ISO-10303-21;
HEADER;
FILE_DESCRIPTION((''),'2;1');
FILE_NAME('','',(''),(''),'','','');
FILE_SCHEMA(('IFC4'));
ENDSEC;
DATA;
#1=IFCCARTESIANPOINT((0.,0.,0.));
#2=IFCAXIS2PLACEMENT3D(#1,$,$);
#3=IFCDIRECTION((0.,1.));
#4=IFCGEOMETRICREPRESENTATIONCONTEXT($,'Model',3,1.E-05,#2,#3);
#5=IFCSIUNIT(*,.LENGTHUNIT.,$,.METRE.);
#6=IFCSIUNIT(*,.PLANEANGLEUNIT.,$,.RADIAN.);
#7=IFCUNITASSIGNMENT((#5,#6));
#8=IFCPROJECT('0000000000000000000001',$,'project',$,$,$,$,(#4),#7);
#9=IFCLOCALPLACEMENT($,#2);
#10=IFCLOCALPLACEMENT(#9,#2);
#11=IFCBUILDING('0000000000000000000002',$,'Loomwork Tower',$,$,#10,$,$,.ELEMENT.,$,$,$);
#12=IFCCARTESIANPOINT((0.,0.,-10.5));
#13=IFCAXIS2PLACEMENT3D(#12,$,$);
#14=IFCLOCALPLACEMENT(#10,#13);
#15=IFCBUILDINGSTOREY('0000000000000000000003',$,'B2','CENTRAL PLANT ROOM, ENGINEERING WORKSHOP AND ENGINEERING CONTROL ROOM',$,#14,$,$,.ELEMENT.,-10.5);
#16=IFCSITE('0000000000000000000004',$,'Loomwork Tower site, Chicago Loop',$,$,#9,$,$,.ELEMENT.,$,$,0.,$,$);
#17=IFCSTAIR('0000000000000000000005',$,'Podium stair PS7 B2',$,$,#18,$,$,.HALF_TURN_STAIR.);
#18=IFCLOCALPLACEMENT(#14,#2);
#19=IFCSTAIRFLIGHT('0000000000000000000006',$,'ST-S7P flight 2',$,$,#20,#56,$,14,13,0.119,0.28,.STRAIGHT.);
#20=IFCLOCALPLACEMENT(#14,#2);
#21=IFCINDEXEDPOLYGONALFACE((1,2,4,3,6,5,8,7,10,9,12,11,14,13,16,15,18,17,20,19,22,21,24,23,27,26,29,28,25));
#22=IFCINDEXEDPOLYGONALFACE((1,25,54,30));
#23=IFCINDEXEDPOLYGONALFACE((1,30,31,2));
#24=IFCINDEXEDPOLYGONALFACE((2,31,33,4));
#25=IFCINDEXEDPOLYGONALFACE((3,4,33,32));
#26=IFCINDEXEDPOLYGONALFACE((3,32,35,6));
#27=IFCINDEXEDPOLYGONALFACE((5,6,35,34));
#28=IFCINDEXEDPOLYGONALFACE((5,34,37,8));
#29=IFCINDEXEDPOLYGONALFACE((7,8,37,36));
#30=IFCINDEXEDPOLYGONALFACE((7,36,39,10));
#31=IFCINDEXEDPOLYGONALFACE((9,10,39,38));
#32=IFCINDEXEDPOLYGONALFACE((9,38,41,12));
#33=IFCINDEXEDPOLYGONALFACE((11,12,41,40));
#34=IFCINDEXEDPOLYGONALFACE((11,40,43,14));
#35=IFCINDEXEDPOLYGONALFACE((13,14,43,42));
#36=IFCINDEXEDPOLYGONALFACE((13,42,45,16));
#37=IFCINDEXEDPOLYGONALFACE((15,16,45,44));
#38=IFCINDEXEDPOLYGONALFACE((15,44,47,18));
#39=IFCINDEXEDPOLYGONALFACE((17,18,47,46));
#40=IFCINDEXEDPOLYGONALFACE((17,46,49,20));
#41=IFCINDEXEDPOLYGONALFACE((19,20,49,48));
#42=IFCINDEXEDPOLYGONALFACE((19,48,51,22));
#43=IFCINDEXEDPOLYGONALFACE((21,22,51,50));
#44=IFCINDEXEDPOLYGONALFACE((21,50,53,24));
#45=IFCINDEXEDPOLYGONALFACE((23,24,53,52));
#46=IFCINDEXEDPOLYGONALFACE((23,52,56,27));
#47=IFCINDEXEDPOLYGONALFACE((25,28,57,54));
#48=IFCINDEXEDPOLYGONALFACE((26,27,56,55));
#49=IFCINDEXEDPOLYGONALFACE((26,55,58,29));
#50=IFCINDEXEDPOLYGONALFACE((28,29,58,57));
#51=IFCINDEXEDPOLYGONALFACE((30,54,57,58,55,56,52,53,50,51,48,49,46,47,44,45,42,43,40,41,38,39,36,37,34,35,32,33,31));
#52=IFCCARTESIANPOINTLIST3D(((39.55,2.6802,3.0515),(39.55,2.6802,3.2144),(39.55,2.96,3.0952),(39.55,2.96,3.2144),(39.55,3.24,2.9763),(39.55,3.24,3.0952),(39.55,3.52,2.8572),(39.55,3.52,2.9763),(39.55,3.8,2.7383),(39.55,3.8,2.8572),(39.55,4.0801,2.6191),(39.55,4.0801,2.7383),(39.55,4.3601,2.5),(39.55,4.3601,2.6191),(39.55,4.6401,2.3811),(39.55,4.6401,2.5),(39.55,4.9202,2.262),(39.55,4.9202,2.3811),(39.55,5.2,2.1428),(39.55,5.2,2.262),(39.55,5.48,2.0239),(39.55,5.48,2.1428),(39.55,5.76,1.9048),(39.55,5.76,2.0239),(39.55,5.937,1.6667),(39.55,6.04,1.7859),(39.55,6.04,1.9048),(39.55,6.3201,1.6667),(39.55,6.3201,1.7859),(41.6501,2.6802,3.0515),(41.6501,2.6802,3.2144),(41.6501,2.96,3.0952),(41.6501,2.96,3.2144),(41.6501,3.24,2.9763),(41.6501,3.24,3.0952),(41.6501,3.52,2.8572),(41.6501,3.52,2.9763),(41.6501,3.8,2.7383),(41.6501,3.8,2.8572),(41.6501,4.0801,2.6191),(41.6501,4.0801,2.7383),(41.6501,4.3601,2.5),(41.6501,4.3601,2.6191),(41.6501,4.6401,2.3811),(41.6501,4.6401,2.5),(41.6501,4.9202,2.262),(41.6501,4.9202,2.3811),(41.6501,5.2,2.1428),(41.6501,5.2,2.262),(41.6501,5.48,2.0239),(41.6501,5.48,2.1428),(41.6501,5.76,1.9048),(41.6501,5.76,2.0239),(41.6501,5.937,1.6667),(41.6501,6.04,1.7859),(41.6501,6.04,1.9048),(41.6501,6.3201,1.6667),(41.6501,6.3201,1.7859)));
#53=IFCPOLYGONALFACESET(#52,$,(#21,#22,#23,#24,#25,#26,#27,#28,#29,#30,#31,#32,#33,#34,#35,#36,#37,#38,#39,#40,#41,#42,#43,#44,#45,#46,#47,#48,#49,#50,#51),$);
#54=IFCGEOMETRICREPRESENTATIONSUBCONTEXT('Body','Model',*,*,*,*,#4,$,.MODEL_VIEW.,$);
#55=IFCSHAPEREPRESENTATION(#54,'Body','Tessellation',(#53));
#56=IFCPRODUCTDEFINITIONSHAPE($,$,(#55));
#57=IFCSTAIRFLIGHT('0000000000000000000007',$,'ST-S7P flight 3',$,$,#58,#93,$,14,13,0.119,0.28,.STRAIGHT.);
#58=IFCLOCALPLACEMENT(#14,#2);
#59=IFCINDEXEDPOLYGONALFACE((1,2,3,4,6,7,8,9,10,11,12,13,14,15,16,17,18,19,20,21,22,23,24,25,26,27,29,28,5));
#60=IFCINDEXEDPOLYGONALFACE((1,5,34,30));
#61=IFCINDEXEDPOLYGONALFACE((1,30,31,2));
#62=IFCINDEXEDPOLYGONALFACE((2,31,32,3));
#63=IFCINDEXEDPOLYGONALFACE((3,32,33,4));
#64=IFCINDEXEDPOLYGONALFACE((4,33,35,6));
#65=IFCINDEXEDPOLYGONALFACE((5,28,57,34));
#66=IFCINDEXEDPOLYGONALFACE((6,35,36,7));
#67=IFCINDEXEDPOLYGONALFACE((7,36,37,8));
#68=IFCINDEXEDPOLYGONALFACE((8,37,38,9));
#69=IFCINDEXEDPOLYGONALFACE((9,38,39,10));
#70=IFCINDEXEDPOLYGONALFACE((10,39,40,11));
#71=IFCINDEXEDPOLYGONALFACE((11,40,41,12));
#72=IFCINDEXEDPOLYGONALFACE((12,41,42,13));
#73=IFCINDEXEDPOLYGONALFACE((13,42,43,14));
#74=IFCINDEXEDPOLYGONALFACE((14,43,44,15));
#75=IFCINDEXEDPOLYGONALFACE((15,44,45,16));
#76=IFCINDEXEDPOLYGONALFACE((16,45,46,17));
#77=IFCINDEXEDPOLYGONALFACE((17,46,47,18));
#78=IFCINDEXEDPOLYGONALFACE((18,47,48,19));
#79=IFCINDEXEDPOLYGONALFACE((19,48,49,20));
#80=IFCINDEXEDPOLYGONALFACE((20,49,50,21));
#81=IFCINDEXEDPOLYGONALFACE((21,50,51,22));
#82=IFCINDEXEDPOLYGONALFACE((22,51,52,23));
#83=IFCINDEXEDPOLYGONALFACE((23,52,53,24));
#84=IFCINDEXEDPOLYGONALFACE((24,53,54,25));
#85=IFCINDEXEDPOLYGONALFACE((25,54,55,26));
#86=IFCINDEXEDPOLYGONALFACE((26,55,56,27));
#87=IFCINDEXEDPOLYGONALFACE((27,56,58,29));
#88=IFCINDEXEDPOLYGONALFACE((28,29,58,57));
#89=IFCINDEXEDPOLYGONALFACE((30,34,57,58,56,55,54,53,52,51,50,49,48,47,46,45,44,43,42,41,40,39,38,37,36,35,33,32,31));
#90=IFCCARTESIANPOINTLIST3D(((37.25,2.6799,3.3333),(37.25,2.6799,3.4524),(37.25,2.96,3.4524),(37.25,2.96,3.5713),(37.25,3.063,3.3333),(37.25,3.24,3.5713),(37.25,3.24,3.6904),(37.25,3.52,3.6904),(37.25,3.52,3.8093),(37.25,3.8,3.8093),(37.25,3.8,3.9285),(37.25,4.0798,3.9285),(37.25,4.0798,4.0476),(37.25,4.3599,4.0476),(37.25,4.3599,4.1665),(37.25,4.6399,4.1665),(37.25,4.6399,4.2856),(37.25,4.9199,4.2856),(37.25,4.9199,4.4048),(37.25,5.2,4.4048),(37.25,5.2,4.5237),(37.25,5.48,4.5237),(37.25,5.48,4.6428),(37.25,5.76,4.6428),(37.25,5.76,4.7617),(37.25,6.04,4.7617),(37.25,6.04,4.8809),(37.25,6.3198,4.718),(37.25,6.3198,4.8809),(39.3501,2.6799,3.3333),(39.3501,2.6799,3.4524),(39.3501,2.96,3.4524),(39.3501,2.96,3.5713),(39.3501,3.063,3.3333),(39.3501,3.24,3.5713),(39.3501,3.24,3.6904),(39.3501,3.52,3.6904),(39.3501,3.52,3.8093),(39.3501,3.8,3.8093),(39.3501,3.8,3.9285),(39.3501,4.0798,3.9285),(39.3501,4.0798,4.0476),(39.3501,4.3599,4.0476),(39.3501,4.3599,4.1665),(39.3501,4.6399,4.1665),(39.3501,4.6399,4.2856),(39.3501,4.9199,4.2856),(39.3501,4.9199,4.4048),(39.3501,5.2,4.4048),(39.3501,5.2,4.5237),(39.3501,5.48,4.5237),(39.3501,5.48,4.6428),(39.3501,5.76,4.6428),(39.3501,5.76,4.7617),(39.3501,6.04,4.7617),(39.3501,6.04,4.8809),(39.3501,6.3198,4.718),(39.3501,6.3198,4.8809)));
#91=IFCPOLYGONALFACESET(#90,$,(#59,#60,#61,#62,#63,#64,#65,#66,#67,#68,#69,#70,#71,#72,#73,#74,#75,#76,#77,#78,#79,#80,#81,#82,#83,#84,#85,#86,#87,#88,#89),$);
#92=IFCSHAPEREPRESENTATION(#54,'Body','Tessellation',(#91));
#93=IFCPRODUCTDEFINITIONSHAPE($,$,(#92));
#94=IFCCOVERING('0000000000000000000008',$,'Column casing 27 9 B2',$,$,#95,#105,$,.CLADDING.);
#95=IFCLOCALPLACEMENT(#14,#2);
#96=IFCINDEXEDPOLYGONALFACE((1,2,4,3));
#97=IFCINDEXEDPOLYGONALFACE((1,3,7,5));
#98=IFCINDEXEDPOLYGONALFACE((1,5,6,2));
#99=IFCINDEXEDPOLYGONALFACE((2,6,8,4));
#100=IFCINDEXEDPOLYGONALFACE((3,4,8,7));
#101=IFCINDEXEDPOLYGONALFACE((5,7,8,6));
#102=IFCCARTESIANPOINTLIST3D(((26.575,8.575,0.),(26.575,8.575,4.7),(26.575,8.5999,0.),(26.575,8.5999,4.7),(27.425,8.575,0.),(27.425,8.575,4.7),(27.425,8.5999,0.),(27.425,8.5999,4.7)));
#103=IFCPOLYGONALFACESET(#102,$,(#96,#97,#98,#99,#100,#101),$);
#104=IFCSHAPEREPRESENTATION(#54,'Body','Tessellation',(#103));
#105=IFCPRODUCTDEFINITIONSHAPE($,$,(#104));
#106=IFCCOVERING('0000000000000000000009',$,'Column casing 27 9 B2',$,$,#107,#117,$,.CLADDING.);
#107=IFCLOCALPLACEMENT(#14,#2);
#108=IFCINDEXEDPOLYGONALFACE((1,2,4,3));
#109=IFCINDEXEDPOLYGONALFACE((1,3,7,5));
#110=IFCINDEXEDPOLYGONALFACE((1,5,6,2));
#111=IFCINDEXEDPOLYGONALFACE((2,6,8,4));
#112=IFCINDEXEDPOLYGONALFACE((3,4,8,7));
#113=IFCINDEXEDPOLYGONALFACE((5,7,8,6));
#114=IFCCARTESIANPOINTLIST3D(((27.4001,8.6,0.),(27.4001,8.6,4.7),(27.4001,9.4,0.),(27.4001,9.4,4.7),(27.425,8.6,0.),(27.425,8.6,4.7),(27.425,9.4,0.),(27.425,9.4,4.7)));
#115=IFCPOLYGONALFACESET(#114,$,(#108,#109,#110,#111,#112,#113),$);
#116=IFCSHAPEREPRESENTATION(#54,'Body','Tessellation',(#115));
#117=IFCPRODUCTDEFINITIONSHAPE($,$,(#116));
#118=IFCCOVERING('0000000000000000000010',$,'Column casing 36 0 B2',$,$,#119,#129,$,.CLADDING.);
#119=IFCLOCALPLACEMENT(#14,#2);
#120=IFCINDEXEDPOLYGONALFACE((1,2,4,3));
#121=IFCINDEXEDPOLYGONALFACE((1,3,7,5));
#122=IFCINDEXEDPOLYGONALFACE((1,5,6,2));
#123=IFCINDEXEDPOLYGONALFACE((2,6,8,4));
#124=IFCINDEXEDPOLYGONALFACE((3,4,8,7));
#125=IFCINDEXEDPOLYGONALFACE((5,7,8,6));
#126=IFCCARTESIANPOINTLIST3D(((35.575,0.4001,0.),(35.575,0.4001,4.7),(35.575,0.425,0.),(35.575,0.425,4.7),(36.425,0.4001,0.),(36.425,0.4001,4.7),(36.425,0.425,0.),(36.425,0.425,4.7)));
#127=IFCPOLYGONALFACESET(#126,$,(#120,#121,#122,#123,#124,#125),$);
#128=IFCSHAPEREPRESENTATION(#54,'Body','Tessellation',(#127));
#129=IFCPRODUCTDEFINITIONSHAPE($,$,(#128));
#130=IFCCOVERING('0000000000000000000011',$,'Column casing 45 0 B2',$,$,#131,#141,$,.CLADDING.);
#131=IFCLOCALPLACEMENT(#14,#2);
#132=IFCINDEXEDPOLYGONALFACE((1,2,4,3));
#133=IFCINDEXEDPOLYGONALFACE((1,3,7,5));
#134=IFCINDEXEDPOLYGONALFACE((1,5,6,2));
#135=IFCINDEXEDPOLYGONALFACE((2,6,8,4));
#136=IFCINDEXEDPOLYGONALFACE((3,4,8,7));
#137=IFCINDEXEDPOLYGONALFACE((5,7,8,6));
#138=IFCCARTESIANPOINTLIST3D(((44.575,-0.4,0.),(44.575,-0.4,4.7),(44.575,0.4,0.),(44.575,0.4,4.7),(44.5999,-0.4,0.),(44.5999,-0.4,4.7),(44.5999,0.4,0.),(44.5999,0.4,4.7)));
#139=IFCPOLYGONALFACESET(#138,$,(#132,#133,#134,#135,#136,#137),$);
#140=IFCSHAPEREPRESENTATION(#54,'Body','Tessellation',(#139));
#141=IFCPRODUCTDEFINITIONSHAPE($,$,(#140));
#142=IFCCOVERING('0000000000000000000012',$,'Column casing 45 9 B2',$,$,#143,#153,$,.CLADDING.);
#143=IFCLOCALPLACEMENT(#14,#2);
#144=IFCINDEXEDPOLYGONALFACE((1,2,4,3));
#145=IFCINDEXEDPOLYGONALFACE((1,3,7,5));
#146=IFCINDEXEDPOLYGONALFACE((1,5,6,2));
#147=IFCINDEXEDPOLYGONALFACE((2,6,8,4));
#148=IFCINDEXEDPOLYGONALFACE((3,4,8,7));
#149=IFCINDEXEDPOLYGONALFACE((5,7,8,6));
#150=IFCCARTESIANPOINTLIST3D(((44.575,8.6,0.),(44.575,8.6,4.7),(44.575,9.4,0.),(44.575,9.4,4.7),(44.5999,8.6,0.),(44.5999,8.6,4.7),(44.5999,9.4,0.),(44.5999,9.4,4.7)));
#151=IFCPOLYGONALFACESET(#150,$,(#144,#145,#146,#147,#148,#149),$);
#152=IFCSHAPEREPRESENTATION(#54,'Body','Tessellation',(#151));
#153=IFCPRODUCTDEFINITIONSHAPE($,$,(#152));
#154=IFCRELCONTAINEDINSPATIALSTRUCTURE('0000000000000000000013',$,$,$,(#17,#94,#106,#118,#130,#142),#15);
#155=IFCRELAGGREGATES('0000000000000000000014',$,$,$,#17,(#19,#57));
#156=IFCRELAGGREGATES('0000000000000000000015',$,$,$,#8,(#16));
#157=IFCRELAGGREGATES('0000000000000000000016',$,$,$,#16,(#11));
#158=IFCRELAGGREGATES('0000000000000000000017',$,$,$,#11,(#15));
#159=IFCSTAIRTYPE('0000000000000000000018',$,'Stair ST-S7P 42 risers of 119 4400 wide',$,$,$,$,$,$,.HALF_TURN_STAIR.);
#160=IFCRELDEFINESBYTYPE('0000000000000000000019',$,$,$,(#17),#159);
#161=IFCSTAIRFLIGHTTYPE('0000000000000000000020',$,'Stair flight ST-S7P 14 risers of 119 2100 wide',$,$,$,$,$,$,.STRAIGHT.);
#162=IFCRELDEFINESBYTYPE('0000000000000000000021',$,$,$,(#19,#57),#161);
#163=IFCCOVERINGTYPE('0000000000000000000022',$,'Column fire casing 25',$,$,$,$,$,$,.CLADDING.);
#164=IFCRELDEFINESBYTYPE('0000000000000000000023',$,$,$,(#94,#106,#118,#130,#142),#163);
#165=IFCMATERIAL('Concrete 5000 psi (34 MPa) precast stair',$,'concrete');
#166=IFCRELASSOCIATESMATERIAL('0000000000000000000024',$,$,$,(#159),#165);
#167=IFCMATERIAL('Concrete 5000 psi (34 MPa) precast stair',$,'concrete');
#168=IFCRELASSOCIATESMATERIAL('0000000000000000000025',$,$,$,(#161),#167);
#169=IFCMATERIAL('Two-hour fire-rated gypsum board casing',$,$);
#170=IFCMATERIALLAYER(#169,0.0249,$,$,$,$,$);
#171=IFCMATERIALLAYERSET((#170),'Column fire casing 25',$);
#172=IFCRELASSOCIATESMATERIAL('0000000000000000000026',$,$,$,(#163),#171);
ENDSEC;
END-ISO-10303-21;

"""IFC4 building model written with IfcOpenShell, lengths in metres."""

from ifc_helpers import new_model, si_unit, direction, frame, origin, origin_2d, place, context, subcontext, project, spatial, polyline, rectangle, outline, extrude, material, layer, layer_set, type_object, element, aggregate, save


model = new_model("IFC4")

# Units and contexts
model_context = context("Model", 3, precision=1e-05, world=origin(), true_north=direction((0.0, 1.0)))
body_context = subcontext(model_context, "Body", "Model", "MODEL_VIEW")
ifc_project = project(units=[si_unit("LENGTHUNIT", "METRE"), si_unit("PLANEANGLEUNIT", "RADIAN")], contexts=[model_context])

# Site, building, storey
site_placement = place(None, origin())
site = spatial("IfcSite", under=ifc_project, at=site_placement, Name="Loomwork Tower site, Chicago Loop", CompositionType="ELEMENT", RefElevation=0.0)
building_placement = place(site_placement, origin())
building = spatial("IfcBuilding", under=site, at=building_placement, Name="Loomwork Tower", CompositionType="ELEMENT")
storey_placement = place(building_placement, frame((0.0, 0.0, -10.5)))
storey = spatial("IfcBuildingStorey", under=building, at=storey_placement, Name="B2", Description="CENTRAL PLANT ROOM, ENGINEERING WORKSHOP AND ENGINEERING CONTROL ROOM", CompositionType="ELEMENT", Elevation=-10.5)

# Stair, stair flights
ifc_material_1 = material(Name="Concrete 5000 psi (34 MPa) precast stair", Category="concrete")
stair_type = type_object("IfcStairType", Name="Stair ST-S7P 42 risers of 119 4400 wide", PredefinedType="HALF_TURN_STAIR", material=ifc_material_1)
stair_placement = place(storey_placement, origin())
stair = element("IfcStair", 1, at=stair_placement, inside=storey, type_object=stair_type, Name="Podium stair PS7 B2", PredefinedType="HALF_TURN_STAIR")
ifc_material_2 = material(Name="Concrete 5000 psi (34 MPa) precast stair", Category="concrete")
stair_flight_type = type_object("IfcStairFlightType", Name="Stair flight ST-S7P 14 risers of 119 2100 wide", PredefinedType="STRAIGHT", material=ifc_material_2)
stair_flight_1_placement = place(storey_placement, frame((40.6001, 6.3201, 1.6667), z_axis=(0.0, 0.0, 1.0), x_axis=(0.0, -1.0, 0.0)))
stair_flight_1 = element("IfcStairFlight", 2, at=stair_flight_1_placement, type_object=stair_flight_type, Name="ST-S7P flight 2", NumberOfRisers=14, NumberOfTreads=13, PredefinedType="STRAIGHT", RiserHeight=0.119, TreadLength=0.28, context=body_context, shape_type="SweptSolid", body=[
    extrude(outline(polyline([(0.0, 0.0), (0.0, 0.1191), (0.28, 0.1191), (0.28, 0.238), (0.5601, 0.238), (0.5601, 0.3572), (0.8401, 0.3572), (0.8401, 0.4761), (1.1201, 0.4761), (1.1201, 0.5952), (1.3999, 0.5952), (1.3999, 0.7144), (1.6799, 0.7144), (1.6799, 0.8333), (1.96, 0.8333), (1.96, 0.9524), (2.24, 0.9524), (2.24, 1.0715), (2.52, 1.0715), (2.52, 1.1904), (2.8, 1.1904), (2.8, 1.3096), (3.0801, 1.3096), (3.0801, 1.4285), (3.3601, 1.4285), (3.3601, 1.5476), (3.6399, 1.5476), (3.6399, 1.6667), (3.6399, 1.3848), (0.3831, 0.0), (0.0, 0.0)])), frame((0.0, 1.05, 0.0), z_axis=(0.0, -1.0, 0.0), x_axis=(1.0, 0.0, 0.0)), (0.0, 0.0, 1.0), 2.1001),
])
stair_flight_2_placement = place(storey_placement, frame((38.3, 2.6799, 3.3333), z_axis=(0.0, 0.0, 1.0), x_axis=(0.0, 1.0, 0.0)))
stair_flight_2 = element("IfcStairFlight", 3, at=stair_flight_2_placement, type_object=stair_flight_type, Name="ST-S7P flight 3", NumberOfRisers=14, NumberOfTreads=13, PredefinedType="STRAIGHT", RiserHeight=0.119, TreadLength=0.28, context=body_context, shape_type="SweptSolid", body=[
    extrude(outline(polyline([(0.0, 0.0), (0.0, 0.1191), (0.28, 0.1191), (0.28, 0.238), (0.5601, 0.238), (0.5601, 0.3572), (0.8401, 0.3572), (0.8401, 0.4761), (1.1201, 0.4761), (1.1201, 0.5952), (1.3999, 0.5952), (1.3999, 0.7144), (1.6799, 0.7144), (1.6799, 0.8333), (1.96, 0.8333), (1.96, 0.9524), (2.24, 0.9524), (2.24, 1.0715), (2.52, 1.0715), (2.52, 1.1904), (2.8, 1.1904), (2.8, 1.3096), (3.0801, 1.3096), (3.0801, 1.4285), (3.3601, 1.4285), (3.3601, 1.5476), (3.6399, 1.5476), (3.6399, 1.6667), (3.6399, 1.3848), (0.3831, 0.0), (0.0, 0.0)])), frame((0.0, 1.05, 0.0), z_axis=(0.0, -1.0, 0.0), x_axis=(1.0, 0.0, 0.0)), (0.0, 0.0, 1.0), 2.1001),
])
aggregate(stair, [stair_flight_1, stair_flight_2])

# Coverings
ifc_material_3 = material(Name="Two-hour fire-rated gypsum board casing")
ifc_layer_1 = layer(ifc_material_3, 0.0249)
ifc_layer_set_1 = layer_set([ifc_layer_1], Name="Column fire casing 25")
covering_type = type_object("IfcCoveringType", Name="Column fire casing 25", PredefinedType="CLADDING", material=ifc_layer_set_1)
covering_1_placement = place(storey_placement, frame((27.0, 8.5874, 0.0), z_axis=(0.0, 0.0, 1.0), x_axis=(1.0, 0.0, 0.0)))
element("IfcCovering", 4, at=covering_1_placement, inside=storey, type_object=covering_type, Name="Column casing 27 9 B2", PredefinedType="CLADDING", context=body_context, shape_type="SweptSolid", body=[
    extrude(rectangle(XDim=0.8501, YDim=0.0249, at=origin_2d()), origin(), (0.0, 0.0, 1.0), 4.7),
])
covering_2_placement = place(storey_placement, frame((27.4126, 9.0, 0.0), z_axis=(0.0, 0.0, 1.0), x_axis=(1.0, 0.0, 0.0)))
element("IfcCovering", 5, at=covering_2_placement, inside=storey, type_object=covering_type, Name="Column casing 27 9 B2", PredefinedType="CLADDING", context=body_context, shape_type="SweptSolid", body=[
    extrude(rectangle(XDim=0.0249, YDim=0.8, at=origin_2d()), origin(), (0.0, 0.0, 1.0), 4.7),
])
covering_3_placement = place(storey_placement, frame((36.0, 0.4126, 0.0), z_axis=(0.0, 0.0, 1.0), x_axis=(1.0, 0.0, 0.0)))
element("IfcCovering", 6, at=covering_3_placement, inside=storey, type_object=covering_type, Name="Column casing 36 0 B2", PredefinedType="CLADDING", context=body_context, shape_type="SweptSolid", body=[
    extrude(rectangle(XDim=0.8501, YDim=0.0249, at=origin_2d()), origin(), (0.0, 0.0, 1.0), 4.7),
])
for number, where, z_axis, x_axis, name in (
    (7, (44.5874, 0.0, 0.0), (0.0, 0.0, 1.0), (1.0, 0.0, 0.0), "Column casing 45 0 B2"),
    (8, (44.5874, 9.0, 0.0), (0.0, 0.0, 1.0), (1.0, 0.0, 0.0), "Column casing 45 9 B2"),
):
    element("IfcCovering", number, at=place(storey_placement, frame(where, z_axis=z_axis, x_axis=x_axis)), inside=storey, type_object=covering_type, Name=name, PredefinedType="CLADDING", context=body_context, shape_type="SweptSolid", body=[
        extrude(rectangle(XDim=0.0249, YDim=0.8, at=origin_2d()), origin(), (0.0, 0.0, 1.0), 4.7),
    ])

save(model, "model.ifc")
